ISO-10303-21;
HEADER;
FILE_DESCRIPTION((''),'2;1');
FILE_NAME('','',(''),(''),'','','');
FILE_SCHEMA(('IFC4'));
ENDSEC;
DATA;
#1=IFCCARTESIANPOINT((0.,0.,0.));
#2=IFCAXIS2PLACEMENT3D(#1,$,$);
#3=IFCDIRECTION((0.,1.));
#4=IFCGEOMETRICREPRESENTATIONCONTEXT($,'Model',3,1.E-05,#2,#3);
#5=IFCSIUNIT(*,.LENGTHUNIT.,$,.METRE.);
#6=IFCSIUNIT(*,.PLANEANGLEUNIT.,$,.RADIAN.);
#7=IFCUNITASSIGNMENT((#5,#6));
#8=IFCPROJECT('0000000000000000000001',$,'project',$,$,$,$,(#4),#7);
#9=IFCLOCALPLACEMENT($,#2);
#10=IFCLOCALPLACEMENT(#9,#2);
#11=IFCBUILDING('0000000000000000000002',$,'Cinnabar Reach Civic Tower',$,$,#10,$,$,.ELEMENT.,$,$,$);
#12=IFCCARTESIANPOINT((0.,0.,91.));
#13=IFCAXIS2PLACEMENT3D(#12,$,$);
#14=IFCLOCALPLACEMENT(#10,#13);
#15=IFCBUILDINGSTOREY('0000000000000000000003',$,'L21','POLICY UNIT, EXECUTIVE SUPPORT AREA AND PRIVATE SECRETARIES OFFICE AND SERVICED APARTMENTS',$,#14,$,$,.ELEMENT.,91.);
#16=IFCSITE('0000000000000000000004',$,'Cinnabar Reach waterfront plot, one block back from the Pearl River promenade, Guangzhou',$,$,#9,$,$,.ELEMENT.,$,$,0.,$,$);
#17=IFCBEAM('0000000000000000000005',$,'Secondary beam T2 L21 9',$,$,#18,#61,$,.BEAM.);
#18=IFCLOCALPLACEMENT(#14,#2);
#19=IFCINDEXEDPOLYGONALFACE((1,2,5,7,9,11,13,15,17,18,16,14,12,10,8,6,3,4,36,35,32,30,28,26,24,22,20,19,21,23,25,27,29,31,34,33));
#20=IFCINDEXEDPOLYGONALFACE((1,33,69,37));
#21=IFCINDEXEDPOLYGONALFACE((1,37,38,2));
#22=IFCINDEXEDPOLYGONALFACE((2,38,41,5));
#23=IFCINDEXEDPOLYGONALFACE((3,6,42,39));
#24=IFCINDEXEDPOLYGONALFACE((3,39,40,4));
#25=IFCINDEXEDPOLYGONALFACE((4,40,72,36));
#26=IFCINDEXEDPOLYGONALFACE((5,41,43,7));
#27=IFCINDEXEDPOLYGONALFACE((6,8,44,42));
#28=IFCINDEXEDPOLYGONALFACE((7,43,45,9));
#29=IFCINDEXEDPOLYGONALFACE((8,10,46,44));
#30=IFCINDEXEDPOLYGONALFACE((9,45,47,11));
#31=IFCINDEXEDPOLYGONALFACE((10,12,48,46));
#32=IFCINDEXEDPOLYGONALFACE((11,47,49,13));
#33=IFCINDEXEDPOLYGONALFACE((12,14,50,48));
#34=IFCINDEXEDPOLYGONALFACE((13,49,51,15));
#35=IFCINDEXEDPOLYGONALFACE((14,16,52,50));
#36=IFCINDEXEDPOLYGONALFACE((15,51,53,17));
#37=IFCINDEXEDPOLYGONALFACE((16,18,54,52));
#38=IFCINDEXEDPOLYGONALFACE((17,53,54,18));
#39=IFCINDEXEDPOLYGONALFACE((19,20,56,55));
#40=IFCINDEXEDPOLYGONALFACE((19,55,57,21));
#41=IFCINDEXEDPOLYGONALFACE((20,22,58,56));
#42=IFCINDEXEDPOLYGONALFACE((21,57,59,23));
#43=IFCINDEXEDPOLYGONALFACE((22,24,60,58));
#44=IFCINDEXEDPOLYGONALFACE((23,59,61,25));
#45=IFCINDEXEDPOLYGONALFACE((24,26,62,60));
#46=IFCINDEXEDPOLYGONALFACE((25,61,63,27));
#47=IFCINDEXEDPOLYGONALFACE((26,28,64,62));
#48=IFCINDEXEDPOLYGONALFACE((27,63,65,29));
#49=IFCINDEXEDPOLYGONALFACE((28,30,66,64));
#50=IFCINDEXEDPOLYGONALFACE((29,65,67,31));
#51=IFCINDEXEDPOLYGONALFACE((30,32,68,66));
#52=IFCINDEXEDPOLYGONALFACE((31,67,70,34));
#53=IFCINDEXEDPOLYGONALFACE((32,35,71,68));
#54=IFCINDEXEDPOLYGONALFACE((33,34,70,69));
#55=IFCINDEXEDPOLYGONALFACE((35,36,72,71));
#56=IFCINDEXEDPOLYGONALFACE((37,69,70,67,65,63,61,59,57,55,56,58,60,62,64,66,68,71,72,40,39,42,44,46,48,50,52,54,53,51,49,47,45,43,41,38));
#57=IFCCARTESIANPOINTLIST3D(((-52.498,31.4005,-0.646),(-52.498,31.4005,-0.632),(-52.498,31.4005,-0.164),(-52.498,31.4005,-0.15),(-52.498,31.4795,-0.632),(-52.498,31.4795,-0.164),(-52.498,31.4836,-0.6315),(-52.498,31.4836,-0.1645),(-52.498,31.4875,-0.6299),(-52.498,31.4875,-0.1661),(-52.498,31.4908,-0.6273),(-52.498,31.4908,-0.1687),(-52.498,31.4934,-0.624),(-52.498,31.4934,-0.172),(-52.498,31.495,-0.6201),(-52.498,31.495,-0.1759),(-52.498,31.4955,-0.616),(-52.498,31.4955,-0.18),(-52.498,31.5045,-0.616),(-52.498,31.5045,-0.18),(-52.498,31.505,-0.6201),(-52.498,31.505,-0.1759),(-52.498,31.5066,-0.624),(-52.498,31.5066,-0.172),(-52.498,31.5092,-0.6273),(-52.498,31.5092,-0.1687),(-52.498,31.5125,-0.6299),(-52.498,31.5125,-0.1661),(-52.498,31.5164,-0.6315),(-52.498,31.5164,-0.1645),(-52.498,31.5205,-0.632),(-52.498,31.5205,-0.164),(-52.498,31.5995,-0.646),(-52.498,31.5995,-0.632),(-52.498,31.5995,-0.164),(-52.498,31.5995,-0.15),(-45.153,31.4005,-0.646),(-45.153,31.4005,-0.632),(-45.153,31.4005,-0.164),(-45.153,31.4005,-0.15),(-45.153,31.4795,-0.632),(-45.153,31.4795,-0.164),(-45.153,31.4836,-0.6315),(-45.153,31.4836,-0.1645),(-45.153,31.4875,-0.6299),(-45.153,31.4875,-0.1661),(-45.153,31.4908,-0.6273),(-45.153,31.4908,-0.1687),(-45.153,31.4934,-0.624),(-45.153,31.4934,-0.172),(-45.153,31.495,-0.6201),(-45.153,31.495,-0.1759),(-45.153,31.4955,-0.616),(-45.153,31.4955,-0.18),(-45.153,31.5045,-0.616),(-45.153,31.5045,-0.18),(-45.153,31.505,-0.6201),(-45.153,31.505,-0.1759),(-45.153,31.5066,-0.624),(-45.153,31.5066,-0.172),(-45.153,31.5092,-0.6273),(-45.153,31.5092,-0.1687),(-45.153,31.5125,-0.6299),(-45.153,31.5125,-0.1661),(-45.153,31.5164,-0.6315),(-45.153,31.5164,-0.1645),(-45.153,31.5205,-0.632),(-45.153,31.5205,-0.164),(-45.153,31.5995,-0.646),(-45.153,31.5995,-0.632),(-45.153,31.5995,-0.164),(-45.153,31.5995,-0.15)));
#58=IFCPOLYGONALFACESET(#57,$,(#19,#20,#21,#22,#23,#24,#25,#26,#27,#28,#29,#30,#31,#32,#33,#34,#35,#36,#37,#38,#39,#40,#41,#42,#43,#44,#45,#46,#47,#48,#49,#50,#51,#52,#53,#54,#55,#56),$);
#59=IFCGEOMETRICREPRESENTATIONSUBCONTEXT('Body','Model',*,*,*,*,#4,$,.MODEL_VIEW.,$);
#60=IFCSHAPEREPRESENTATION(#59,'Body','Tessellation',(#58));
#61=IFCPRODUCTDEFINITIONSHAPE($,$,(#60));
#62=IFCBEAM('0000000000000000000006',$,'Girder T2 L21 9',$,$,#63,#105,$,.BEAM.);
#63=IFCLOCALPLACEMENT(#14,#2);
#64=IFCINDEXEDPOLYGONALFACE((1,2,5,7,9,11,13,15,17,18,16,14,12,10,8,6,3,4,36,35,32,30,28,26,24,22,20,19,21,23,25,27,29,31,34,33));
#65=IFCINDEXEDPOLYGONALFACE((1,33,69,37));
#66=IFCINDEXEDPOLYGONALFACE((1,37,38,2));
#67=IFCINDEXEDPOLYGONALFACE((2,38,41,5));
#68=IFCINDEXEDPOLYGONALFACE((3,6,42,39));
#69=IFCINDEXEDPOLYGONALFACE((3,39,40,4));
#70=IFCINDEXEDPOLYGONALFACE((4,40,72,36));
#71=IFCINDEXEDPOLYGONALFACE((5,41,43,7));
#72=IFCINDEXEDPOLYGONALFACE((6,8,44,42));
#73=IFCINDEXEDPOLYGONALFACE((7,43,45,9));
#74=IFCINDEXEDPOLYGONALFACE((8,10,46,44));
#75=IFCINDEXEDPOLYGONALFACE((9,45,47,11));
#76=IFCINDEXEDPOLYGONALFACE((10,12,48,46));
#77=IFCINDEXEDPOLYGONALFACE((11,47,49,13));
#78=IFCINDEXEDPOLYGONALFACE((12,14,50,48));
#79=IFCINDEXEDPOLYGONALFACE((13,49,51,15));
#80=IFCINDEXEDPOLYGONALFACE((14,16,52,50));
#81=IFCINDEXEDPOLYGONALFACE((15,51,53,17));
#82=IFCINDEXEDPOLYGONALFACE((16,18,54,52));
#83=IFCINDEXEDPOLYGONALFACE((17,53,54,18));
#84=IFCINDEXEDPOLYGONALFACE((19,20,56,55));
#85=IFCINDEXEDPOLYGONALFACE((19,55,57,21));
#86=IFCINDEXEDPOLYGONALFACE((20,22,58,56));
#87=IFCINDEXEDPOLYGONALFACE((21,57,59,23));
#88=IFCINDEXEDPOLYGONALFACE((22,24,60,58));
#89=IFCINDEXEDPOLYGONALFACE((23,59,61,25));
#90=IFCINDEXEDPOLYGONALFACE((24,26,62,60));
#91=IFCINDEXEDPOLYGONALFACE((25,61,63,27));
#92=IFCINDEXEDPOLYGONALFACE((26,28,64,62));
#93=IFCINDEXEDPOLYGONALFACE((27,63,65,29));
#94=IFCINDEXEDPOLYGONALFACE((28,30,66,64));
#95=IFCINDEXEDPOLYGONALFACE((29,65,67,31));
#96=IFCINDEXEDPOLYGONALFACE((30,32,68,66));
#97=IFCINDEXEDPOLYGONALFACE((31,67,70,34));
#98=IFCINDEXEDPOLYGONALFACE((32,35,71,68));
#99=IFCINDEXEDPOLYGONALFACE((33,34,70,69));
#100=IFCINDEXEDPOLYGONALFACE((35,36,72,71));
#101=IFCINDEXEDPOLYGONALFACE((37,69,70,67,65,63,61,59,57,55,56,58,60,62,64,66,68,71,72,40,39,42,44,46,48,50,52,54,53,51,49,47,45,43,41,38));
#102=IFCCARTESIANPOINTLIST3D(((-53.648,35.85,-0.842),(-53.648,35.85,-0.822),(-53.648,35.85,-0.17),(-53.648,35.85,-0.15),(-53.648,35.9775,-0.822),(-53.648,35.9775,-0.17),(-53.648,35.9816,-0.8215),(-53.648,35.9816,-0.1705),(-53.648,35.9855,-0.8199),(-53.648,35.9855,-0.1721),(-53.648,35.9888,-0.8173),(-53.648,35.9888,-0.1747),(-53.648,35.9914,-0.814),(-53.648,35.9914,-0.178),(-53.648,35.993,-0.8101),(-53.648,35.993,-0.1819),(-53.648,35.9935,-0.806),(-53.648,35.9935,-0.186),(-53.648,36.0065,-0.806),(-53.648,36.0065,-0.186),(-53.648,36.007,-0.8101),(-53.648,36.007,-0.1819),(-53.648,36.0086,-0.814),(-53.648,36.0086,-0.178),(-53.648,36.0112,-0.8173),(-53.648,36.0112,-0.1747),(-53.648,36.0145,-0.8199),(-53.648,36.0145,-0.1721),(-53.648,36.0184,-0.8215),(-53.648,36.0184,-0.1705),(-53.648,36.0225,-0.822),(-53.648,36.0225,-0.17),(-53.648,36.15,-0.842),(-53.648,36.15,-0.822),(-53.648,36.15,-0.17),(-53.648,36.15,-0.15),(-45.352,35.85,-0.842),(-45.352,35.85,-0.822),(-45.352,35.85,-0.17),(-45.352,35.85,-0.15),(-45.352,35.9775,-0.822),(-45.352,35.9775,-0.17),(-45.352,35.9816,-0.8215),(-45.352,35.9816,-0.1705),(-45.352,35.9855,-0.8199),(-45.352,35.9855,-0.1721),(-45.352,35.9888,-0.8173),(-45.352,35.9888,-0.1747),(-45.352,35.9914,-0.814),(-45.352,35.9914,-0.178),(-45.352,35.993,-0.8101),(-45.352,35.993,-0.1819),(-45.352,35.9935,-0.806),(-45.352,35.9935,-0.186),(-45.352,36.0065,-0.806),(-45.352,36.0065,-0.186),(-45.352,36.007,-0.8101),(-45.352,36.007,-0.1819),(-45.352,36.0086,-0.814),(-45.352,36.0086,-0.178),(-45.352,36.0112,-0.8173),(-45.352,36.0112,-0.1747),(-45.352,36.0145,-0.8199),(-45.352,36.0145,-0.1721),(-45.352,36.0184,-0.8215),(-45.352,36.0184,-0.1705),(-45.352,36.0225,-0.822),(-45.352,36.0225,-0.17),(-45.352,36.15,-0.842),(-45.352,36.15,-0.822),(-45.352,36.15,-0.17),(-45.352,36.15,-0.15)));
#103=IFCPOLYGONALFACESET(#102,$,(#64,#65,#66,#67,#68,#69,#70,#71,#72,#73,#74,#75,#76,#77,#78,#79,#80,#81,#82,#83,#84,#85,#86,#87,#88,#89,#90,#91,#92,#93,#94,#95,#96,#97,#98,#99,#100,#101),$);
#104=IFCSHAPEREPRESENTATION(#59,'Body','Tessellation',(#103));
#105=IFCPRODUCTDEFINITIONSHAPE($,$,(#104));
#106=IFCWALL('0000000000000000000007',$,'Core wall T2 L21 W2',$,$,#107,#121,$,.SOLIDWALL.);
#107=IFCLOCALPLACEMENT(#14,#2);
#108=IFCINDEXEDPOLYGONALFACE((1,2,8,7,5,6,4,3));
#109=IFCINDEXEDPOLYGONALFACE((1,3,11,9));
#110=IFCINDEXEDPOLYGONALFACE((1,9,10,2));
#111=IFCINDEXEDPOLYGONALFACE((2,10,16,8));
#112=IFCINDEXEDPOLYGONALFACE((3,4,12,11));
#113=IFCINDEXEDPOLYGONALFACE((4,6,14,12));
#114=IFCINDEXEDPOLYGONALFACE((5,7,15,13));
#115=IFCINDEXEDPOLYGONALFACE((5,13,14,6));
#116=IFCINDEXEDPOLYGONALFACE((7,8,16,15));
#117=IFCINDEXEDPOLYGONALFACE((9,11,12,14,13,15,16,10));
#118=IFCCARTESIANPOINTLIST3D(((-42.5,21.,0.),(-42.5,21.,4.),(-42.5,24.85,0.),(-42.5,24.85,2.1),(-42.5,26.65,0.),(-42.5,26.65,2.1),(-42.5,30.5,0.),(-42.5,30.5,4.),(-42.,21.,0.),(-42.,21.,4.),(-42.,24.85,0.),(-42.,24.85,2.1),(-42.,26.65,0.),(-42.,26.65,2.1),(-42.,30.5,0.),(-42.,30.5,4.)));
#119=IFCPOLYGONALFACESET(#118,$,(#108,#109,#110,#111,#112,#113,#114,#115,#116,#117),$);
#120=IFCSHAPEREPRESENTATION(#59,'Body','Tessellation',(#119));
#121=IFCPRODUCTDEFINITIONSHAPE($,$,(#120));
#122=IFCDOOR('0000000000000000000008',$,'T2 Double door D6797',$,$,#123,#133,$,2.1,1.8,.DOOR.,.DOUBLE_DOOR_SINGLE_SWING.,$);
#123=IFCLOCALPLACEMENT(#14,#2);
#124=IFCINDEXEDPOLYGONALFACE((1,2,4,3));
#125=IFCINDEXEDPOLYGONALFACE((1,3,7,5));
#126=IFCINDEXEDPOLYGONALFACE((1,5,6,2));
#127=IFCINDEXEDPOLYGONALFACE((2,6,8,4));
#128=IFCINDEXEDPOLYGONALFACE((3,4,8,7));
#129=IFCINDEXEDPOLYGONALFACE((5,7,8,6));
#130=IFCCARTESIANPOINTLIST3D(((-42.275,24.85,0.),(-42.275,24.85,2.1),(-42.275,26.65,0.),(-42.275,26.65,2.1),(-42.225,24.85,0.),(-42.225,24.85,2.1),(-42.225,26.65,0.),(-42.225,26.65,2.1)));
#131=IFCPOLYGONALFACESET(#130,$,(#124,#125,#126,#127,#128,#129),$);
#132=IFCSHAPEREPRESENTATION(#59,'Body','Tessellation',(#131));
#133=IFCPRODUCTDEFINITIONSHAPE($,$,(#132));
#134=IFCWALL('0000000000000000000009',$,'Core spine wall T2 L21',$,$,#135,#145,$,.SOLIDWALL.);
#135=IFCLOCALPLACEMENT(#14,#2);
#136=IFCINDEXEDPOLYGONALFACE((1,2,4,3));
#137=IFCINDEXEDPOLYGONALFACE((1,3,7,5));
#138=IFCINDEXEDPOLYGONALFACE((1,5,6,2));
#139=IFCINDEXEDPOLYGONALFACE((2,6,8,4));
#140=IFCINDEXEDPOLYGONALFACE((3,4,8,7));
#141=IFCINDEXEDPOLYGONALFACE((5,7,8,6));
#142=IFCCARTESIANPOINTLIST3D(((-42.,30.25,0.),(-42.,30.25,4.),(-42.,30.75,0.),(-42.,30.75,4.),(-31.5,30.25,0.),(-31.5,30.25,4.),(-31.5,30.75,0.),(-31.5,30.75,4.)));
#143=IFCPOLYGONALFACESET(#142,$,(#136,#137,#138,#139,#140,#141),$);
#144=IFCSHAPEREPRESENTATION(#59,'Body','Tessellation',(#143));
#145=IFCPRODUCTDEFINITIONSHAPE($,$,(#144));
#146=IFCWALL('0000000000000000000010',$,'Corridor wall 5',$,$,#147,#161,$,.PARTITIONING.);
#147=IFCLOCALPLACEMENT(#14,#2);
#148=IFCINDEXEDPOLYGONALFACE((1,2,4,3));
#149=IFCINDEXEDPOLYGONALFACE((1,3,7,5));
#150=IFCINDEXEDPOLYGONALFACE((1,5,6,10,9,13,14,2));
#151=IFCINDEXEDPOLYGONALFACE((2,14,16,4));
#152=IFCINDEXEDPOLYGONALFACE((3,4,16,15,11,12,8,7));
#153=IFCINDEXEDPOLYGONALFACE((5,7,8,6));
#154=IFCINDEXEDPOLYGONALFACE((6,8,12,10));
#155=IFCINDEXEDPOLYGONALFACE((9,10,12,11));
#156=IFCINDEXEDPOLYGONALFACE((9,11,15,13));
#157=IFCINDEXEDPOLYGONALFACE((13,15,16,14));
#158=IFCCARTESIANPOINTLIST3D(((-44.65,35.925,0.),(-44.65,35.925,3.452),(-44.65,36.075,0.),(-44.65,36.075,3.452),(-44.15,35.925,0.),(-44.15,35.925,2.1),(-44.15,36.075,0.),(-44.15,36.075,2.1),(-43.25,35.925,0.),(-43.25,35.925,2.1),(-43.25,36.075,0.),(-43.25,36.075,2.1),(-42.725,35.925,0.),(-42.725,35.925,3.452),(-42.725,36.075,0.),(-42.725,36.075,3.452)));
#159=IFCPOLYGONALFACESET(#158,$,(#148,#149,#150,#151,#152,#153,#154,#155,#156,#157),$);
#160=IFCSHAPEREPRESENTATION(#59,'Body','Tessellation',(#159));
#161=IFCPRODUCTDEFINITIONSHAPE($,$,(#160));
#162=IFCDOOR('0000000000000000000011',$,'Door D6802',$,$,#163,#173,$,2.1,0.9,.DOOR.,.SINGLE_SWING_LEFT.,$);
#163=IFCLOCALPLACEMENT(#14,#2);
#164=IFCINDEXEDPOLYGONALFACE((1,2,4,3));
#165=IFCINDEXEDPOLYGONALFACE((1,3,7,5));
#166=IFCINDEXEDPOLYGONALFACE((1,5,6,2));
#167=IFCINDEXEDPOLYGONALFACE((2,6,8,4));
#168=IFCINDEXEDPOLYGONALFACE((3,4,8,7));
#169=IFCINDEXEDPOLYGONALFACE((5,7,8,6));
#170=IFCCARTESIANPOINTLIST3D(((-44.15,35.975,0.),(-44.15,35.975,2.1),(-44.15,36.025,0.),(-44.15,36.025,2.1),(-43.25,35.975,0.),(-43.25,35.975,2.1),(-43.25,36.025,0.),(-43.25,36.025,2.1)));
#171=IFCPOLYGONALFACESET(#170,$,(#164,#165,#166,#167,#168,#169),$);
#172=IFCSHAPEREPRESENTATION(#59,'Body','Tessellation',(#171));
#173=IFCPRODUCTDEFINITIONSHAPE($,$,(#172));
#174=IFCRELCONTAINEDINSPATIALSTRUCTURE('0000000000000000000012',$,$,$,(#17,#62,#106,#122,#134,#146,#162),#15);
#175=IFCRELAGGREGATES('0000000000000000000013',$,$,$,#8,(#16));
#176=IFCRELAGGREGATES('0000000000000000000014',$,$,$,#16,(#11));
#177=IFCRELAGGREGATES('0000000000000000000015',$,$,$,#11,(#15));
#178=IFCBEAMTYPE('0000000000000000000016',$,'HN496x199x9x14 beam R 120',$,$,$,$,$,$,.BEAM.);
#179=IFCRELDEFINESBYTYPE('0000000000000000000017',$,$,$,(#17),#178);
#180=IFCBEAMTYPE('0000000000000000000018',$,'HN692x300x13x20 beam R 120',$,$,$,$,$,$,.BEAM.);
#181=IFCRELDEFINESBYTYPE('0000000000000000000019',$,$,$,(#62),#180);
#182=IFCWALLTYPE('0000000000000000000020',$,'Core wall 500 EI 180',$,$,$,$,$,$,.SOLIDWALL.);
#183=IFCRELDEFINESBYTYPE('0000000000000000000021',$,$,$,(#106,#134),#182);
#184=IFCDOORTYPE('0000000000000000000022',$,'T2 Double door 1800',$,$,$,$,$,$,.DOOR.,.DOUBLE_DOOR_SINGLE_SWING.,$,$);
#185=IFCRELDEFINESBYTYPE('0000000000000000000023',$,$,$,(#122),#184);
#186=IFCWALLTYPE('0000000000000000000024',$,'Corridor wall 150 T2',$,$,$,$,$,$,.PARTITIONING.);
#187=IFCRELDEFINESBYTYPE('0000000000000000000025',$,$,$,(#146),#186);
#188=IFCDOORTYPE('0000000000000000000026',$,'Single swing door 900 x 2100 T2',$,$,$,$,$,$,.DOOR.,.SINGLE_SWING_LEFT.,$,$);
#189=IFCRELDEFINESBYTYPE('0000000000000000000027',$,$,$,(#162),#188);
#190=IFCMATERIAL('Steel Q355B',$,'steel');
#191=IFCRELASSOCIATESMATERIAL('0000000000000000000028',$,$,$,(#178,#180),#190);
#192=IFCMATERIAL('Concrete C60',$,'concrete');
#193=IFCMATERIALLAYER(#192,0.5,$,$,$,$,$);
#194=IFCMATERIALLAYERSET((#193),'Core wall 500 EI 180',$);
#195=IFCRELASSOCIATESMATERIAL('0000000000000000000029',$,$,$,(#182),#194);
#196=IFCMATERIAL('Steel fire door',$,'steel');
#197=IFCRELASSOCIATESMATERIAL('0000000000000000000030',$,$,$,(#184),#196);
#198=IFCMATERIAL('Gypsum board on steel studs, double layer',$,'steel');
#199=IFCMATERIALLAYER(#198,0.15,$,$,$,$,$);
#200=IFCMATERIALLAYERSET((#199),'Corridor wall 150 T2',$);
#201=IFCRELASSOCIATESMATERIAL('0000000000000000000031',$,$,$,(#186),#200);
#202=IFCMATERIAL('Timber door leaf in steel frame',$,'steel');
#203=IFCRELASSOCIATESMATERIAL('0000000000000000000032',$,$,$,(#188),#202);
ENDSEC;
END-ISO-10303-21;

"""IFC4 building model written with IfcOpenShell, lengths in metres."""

from ifc_helpers import new_model, si_unit, direction, frame, frame_2d, origin, origin_2d, place, context, subcontext, project, spatial, rectangle, i_section, extrude, material, layer, layer_set, material_profile, profile_set, type_object, element, fill, save


model = new_model("IFC4")

# Units and contexts
model_context = context("Model", 3, precision=1e-05, world=origin(), true_north=direction((0.0, 1.0)))
body_context = subcontext(model_context, "Body", "Model", "MODEL_VIEW")
ifc_project = project(units=[si_unit("LENGTHUNIT", "METRE"), si_unit("PLANEANGLEUNIT", "RADIAN")], contexts=[model_context])

# Site, building, storey
site_placement = place(None, origin())
site = spatial("IfcSite", under=ifc_project, at=site_placement, Name="Cinnabar Reach waterfront plot, one block back from the Pearl River promenade, Guangzhou", CompositionType="ELEMENT", RefElevation=0.0)
building_placement = place(site_placement, origin())
building = spatial("IfcBuilding", under=site, at=building_placement, Name="Cinnabar Reach Civic Tower", CompositionType="ELEMENT")
storey_placement = place(building_placement, frame((0.0, 0.0, 91.0)))
storey = spatial("IfcBuildingStorey", under=building, at=storey_placement, Name="L21", Description="POLICY UNIT, EXECUTIVE SUPPORT AREA AND PRIVATE SECRETARIES OFFICE AND SERVICED APARTMENTS", CompositionType="ELEMENT", Elevation=91.0)

# Shared definitions
ifc_material_1 = material(Name="Concrete C60", Category="concrete")

# Beams
ifc_material_2 = material(Name="Steel Q355B", Category="steel")
ifc_material_profile_1 = material_profile(ifc_material_2, i_section(OverallWidth=0.199, OverallDepth=0.496, WebThickness=0.009, FlangeThickness=0.014, FilletRadius=0.016, at=origin_2d()), Name="HN496x199x9x14")
ifc_profile_set_1 = profile_set([ifc_material_profile_1], Name="Steel Q355B")
beam_type_1 = type_object("IfcBeamType", Name="HN496x199x9x14 beam R 120", PredefinedType="BEAM", material=ifc_profile_set_1)
beam_1_placement = place(storey_placement, frame((-52.498, 31.5, -0.398), z_axis=(1.0, 0.0, 0.0), x_axis=(0.0, 1.0, 0.0)))
element("IfcBeam", 1, at=beam_1_placement, inside=storey, type_object=beam_type_1, Name="Secondary beam T2 L21 9", PredefinedType="BEAM", context=body_context, shape_type="SweptSolid", body=[
    extrude(i_section(OverallWidth=0.199, OverallDepth=0.496, WebThickness=0.009, FlangeThickness=0.014, FilletRadius=0.016, at=origin_2d()), origin(), (0.0, 0.0, 1.0), 7.345),
])
ifc_material_profile_2 = material_profile(ifc_material_2, i_section(OverallWidth=0.3, OverallDepth=0.692, WebThickness=0.013, FlangeThickness=0.02, FilletRadius=0.016, at=origin_2d()), Name="HN692x300x13x20")
ifc_profile_set_2 = profile_set([ifc_material_profile_2], Name="Steel Q355B")
beam_type_2 = type_object("IfcBeamType", Name="HN692x300x13x20 beam R 120", PredefinedType="BEAM", material=ifc_profile_set_2)
beam_2_placement = place(storey_placement, frame((-53.648, 36.0, -0.496), z_axis=(1.0, 0.0, 0.0), x_axis=(0.0, 1.0, 0.0)))
element("IfcBeam", 2, at=beam_2_placement, inside=storey, type_object=beam_type_2, Name="Girder T2 L21 9", PredefinedType="BEAM", context=body_context, shape_type="SweptSolid", body=[
    extrude(i_section(OverallWidth=0.3, OverallDepth=0.692, WebThickness=0.013, FlangeThickness=0.02, FilletRadius=0.016, at=origin_2d()), origin(), (0.0, 0.0, 1.0), 8.296),
])

# Wall, opening, door
ifc_layer_1 = layer(ifc_material_1, 0.5)
ifc_layer_set_1 = layer_set([ifc_layer_1], Name="Core wall 500 EI 180")
wall_type_1 = type_object("IfcWallType", Name="Core wall 500 EI 180", PredefinedType="SOLIDWALL", material=ifc_layer_set_1)
wall_1_placement = place(storey_placement, frame((-42.25, 30.5, 0.0), z_axis=(0.0, 0.0, 1.0), x_axis=(0.0, -1.0, 0.0)))
wall_1 = element("IfcWall", 3, at=wall_1_placement, inside=storey, type_object=wall_type_1, Name="Core wall T2 L21 W2", PredefinedType="SOLIDWALL", context=body_context, shape_type="SweptSolid", body=[
    extrude(rectangle(XDim=9.5, YDim=0.5, at=frame_2d((4.75, 0.0))), origin(), (0.0, 0.0, 1.0), 4.0),
])
opening_1_placement = place(wall_1_placement, frame((3.85, 0.0, 0.0)))
opening_1 = element("IfcOpeningElement", 4, at=opening_1_placement, cuts=wall_1, PredefinedType="OPENING", context=body_context, shape_type="SweptSolid", body=[
    extrude(rectangle(XDim=1.8, YDim=2.1, at=frame_2d((0.9, 1.05))), frame((0.0, 0.26, 0.0), z_axis=(0.0, -1.0, 0.0), x_axis=(1.0, 0.0, 0.0)), (0.0, 0.0, 1.0), 0.52),
])
ifc_material_3 = material(Name="Steel fire door", Category="steel")
door_type_1 = type_object("IfcDoorType", Name="T2 Double door 1800", OperationType="DOUBLE_DOOR_SINGLE_SWING", PredefinedType="DOOR", material=ifc_material_3)
door_1_placement = place(opening_1_placement, origin())
door_1 = element("IfcDoor", 5, at=door_1_placement, inside=storey, type_object=door_type_1, Name="T2 Double door D6797", OperationType="DOUBLE_DOOR_SINGLE_SWING", OverallHeight=2.1, OverallWidth=1.8, PredefinedType="DOOR", context=body_context, shape_type="SweptSolid", body=[
    extrude(rectangle(XDim=1.8, YDim=2.1, at=frame_2d((0.9, 1.05))), frame((0.0, 0.025, 0.0), z_axis=(0.0, -1.0, 0.0), x_axis=(1.0, 0.0, 0.0)), (0.0, 0.0, 1.0), 0.05),
])
fill(opening_1, door_1)

# Wall
wall_2_placement = place(storey_placement, frame((-42.0, 30.5, 0.0), z_axis=(0.0, 0.0, 1.0), x_axis=(1.0, 0.0, 0.0)))
element("IfcWall", 6, at=wall_2_placement, inside=storey, type_object=wall_type_1, Name="Core spine wall T2 L21", PredefinedType="SOLIDWALL", context=body_context, shape_type="SweptSolid", body=[
    extrude(rectangle(XDim=10.5, YDim=0.5, at=frame_2d((5.25, 0.0))), origin(), (0.0, 0.0, 1.0), 4.0),
])

# Wall, opening, door
ifc_material_4 = material(Name="Gypsum board on steel studs, double layer", Category="steel")
ifc_layer_2 = layer(ifc_material_4, 0.15)
ifc_layer_set_2 = layer_set([ifc_layer_2], Name="Corridor wall 150 T2")
wall_type_2 = type_object("IfcWallType", Name="Corridor wall 150 T2", PredefinedType="PARTITIONING", material=ifc_layer_set_2)
wall_3_placement = place(storey_placement, frame((-44.65, 36.0, 0.0), z_axis=(0.0, 0.0, 1.0), x_axis=(1.0, 0.0, 0.0)))
wall_3 = element("IfcWall", 7, at=wall_3_placement, inside=storey, type_object=wall_type_2, Name="Corridor wall 5", PredefinedType="PARTITIONING", context=body_context, shape_type="SweptSolid", body=[
    extrude(rectangle(XDim=1.925, YDim=0.15, at=frame_2d((0.9625, 0.0))), origin(), (0.0, 0.0, 1.0), 3.452),
])
opening_2_placement = place(wall_3_placement, frame((0.5, 0.0, 0.0)))
opening_2 = element("IfcOpeningElement", 8, at=opening_2_placement, cuts=wall_3, PredefinedType="OPENING", context=body_context, shape_type="SweptSolid", body=[
    extrude(rectangle(XDim=0.9, YDim=2.1, at=frame_2d((0.45, 1.05))), frame((0.0, 0.085, 0.0), z_axis=(0.0, -1.0, 0.0), x_axis=(1.0, 0.0, 0.0)), (0.0, 0.0, 1.0), 0.17),
])
ifc_material_5 = material(Name="Timber door leaf in steel frame", Category="steel")
door_type_2 = type_object("IfcDoorType", Name="Single swing door 900 x 2100 T2", OperationType="SINGLE_SWING_LEFT", PredefinedType="DOOR", material=ifc_material_5)
door_2_placement = place(opening_2_placement, origin())
door_2 = element("IfcDoor", 9, at=door_2_placement, inside=storey, type_object=door_type_2, Name="Door D6802", OperationType="SINGLE_SWING_LEFT", OverallHeight=2.1, OverallWidth=0.9, PredefinedType="DOOR", context=body_context, shape_type="SweptSolid", body=[
    extrude(rectangle(XDim=0.9, YDim=2.1, at=frame_2d((0.45, 1.05))), frame((0.0, 0.025, 0.0), z_axis=(0.0, -1.0, 0.0), x_axis=(1.0, 0.0, 0.0)), (0.0, 0.0, 1.0), 0.05),
])
fill(opening_2, door_2)

save(model, "model.ifc")
